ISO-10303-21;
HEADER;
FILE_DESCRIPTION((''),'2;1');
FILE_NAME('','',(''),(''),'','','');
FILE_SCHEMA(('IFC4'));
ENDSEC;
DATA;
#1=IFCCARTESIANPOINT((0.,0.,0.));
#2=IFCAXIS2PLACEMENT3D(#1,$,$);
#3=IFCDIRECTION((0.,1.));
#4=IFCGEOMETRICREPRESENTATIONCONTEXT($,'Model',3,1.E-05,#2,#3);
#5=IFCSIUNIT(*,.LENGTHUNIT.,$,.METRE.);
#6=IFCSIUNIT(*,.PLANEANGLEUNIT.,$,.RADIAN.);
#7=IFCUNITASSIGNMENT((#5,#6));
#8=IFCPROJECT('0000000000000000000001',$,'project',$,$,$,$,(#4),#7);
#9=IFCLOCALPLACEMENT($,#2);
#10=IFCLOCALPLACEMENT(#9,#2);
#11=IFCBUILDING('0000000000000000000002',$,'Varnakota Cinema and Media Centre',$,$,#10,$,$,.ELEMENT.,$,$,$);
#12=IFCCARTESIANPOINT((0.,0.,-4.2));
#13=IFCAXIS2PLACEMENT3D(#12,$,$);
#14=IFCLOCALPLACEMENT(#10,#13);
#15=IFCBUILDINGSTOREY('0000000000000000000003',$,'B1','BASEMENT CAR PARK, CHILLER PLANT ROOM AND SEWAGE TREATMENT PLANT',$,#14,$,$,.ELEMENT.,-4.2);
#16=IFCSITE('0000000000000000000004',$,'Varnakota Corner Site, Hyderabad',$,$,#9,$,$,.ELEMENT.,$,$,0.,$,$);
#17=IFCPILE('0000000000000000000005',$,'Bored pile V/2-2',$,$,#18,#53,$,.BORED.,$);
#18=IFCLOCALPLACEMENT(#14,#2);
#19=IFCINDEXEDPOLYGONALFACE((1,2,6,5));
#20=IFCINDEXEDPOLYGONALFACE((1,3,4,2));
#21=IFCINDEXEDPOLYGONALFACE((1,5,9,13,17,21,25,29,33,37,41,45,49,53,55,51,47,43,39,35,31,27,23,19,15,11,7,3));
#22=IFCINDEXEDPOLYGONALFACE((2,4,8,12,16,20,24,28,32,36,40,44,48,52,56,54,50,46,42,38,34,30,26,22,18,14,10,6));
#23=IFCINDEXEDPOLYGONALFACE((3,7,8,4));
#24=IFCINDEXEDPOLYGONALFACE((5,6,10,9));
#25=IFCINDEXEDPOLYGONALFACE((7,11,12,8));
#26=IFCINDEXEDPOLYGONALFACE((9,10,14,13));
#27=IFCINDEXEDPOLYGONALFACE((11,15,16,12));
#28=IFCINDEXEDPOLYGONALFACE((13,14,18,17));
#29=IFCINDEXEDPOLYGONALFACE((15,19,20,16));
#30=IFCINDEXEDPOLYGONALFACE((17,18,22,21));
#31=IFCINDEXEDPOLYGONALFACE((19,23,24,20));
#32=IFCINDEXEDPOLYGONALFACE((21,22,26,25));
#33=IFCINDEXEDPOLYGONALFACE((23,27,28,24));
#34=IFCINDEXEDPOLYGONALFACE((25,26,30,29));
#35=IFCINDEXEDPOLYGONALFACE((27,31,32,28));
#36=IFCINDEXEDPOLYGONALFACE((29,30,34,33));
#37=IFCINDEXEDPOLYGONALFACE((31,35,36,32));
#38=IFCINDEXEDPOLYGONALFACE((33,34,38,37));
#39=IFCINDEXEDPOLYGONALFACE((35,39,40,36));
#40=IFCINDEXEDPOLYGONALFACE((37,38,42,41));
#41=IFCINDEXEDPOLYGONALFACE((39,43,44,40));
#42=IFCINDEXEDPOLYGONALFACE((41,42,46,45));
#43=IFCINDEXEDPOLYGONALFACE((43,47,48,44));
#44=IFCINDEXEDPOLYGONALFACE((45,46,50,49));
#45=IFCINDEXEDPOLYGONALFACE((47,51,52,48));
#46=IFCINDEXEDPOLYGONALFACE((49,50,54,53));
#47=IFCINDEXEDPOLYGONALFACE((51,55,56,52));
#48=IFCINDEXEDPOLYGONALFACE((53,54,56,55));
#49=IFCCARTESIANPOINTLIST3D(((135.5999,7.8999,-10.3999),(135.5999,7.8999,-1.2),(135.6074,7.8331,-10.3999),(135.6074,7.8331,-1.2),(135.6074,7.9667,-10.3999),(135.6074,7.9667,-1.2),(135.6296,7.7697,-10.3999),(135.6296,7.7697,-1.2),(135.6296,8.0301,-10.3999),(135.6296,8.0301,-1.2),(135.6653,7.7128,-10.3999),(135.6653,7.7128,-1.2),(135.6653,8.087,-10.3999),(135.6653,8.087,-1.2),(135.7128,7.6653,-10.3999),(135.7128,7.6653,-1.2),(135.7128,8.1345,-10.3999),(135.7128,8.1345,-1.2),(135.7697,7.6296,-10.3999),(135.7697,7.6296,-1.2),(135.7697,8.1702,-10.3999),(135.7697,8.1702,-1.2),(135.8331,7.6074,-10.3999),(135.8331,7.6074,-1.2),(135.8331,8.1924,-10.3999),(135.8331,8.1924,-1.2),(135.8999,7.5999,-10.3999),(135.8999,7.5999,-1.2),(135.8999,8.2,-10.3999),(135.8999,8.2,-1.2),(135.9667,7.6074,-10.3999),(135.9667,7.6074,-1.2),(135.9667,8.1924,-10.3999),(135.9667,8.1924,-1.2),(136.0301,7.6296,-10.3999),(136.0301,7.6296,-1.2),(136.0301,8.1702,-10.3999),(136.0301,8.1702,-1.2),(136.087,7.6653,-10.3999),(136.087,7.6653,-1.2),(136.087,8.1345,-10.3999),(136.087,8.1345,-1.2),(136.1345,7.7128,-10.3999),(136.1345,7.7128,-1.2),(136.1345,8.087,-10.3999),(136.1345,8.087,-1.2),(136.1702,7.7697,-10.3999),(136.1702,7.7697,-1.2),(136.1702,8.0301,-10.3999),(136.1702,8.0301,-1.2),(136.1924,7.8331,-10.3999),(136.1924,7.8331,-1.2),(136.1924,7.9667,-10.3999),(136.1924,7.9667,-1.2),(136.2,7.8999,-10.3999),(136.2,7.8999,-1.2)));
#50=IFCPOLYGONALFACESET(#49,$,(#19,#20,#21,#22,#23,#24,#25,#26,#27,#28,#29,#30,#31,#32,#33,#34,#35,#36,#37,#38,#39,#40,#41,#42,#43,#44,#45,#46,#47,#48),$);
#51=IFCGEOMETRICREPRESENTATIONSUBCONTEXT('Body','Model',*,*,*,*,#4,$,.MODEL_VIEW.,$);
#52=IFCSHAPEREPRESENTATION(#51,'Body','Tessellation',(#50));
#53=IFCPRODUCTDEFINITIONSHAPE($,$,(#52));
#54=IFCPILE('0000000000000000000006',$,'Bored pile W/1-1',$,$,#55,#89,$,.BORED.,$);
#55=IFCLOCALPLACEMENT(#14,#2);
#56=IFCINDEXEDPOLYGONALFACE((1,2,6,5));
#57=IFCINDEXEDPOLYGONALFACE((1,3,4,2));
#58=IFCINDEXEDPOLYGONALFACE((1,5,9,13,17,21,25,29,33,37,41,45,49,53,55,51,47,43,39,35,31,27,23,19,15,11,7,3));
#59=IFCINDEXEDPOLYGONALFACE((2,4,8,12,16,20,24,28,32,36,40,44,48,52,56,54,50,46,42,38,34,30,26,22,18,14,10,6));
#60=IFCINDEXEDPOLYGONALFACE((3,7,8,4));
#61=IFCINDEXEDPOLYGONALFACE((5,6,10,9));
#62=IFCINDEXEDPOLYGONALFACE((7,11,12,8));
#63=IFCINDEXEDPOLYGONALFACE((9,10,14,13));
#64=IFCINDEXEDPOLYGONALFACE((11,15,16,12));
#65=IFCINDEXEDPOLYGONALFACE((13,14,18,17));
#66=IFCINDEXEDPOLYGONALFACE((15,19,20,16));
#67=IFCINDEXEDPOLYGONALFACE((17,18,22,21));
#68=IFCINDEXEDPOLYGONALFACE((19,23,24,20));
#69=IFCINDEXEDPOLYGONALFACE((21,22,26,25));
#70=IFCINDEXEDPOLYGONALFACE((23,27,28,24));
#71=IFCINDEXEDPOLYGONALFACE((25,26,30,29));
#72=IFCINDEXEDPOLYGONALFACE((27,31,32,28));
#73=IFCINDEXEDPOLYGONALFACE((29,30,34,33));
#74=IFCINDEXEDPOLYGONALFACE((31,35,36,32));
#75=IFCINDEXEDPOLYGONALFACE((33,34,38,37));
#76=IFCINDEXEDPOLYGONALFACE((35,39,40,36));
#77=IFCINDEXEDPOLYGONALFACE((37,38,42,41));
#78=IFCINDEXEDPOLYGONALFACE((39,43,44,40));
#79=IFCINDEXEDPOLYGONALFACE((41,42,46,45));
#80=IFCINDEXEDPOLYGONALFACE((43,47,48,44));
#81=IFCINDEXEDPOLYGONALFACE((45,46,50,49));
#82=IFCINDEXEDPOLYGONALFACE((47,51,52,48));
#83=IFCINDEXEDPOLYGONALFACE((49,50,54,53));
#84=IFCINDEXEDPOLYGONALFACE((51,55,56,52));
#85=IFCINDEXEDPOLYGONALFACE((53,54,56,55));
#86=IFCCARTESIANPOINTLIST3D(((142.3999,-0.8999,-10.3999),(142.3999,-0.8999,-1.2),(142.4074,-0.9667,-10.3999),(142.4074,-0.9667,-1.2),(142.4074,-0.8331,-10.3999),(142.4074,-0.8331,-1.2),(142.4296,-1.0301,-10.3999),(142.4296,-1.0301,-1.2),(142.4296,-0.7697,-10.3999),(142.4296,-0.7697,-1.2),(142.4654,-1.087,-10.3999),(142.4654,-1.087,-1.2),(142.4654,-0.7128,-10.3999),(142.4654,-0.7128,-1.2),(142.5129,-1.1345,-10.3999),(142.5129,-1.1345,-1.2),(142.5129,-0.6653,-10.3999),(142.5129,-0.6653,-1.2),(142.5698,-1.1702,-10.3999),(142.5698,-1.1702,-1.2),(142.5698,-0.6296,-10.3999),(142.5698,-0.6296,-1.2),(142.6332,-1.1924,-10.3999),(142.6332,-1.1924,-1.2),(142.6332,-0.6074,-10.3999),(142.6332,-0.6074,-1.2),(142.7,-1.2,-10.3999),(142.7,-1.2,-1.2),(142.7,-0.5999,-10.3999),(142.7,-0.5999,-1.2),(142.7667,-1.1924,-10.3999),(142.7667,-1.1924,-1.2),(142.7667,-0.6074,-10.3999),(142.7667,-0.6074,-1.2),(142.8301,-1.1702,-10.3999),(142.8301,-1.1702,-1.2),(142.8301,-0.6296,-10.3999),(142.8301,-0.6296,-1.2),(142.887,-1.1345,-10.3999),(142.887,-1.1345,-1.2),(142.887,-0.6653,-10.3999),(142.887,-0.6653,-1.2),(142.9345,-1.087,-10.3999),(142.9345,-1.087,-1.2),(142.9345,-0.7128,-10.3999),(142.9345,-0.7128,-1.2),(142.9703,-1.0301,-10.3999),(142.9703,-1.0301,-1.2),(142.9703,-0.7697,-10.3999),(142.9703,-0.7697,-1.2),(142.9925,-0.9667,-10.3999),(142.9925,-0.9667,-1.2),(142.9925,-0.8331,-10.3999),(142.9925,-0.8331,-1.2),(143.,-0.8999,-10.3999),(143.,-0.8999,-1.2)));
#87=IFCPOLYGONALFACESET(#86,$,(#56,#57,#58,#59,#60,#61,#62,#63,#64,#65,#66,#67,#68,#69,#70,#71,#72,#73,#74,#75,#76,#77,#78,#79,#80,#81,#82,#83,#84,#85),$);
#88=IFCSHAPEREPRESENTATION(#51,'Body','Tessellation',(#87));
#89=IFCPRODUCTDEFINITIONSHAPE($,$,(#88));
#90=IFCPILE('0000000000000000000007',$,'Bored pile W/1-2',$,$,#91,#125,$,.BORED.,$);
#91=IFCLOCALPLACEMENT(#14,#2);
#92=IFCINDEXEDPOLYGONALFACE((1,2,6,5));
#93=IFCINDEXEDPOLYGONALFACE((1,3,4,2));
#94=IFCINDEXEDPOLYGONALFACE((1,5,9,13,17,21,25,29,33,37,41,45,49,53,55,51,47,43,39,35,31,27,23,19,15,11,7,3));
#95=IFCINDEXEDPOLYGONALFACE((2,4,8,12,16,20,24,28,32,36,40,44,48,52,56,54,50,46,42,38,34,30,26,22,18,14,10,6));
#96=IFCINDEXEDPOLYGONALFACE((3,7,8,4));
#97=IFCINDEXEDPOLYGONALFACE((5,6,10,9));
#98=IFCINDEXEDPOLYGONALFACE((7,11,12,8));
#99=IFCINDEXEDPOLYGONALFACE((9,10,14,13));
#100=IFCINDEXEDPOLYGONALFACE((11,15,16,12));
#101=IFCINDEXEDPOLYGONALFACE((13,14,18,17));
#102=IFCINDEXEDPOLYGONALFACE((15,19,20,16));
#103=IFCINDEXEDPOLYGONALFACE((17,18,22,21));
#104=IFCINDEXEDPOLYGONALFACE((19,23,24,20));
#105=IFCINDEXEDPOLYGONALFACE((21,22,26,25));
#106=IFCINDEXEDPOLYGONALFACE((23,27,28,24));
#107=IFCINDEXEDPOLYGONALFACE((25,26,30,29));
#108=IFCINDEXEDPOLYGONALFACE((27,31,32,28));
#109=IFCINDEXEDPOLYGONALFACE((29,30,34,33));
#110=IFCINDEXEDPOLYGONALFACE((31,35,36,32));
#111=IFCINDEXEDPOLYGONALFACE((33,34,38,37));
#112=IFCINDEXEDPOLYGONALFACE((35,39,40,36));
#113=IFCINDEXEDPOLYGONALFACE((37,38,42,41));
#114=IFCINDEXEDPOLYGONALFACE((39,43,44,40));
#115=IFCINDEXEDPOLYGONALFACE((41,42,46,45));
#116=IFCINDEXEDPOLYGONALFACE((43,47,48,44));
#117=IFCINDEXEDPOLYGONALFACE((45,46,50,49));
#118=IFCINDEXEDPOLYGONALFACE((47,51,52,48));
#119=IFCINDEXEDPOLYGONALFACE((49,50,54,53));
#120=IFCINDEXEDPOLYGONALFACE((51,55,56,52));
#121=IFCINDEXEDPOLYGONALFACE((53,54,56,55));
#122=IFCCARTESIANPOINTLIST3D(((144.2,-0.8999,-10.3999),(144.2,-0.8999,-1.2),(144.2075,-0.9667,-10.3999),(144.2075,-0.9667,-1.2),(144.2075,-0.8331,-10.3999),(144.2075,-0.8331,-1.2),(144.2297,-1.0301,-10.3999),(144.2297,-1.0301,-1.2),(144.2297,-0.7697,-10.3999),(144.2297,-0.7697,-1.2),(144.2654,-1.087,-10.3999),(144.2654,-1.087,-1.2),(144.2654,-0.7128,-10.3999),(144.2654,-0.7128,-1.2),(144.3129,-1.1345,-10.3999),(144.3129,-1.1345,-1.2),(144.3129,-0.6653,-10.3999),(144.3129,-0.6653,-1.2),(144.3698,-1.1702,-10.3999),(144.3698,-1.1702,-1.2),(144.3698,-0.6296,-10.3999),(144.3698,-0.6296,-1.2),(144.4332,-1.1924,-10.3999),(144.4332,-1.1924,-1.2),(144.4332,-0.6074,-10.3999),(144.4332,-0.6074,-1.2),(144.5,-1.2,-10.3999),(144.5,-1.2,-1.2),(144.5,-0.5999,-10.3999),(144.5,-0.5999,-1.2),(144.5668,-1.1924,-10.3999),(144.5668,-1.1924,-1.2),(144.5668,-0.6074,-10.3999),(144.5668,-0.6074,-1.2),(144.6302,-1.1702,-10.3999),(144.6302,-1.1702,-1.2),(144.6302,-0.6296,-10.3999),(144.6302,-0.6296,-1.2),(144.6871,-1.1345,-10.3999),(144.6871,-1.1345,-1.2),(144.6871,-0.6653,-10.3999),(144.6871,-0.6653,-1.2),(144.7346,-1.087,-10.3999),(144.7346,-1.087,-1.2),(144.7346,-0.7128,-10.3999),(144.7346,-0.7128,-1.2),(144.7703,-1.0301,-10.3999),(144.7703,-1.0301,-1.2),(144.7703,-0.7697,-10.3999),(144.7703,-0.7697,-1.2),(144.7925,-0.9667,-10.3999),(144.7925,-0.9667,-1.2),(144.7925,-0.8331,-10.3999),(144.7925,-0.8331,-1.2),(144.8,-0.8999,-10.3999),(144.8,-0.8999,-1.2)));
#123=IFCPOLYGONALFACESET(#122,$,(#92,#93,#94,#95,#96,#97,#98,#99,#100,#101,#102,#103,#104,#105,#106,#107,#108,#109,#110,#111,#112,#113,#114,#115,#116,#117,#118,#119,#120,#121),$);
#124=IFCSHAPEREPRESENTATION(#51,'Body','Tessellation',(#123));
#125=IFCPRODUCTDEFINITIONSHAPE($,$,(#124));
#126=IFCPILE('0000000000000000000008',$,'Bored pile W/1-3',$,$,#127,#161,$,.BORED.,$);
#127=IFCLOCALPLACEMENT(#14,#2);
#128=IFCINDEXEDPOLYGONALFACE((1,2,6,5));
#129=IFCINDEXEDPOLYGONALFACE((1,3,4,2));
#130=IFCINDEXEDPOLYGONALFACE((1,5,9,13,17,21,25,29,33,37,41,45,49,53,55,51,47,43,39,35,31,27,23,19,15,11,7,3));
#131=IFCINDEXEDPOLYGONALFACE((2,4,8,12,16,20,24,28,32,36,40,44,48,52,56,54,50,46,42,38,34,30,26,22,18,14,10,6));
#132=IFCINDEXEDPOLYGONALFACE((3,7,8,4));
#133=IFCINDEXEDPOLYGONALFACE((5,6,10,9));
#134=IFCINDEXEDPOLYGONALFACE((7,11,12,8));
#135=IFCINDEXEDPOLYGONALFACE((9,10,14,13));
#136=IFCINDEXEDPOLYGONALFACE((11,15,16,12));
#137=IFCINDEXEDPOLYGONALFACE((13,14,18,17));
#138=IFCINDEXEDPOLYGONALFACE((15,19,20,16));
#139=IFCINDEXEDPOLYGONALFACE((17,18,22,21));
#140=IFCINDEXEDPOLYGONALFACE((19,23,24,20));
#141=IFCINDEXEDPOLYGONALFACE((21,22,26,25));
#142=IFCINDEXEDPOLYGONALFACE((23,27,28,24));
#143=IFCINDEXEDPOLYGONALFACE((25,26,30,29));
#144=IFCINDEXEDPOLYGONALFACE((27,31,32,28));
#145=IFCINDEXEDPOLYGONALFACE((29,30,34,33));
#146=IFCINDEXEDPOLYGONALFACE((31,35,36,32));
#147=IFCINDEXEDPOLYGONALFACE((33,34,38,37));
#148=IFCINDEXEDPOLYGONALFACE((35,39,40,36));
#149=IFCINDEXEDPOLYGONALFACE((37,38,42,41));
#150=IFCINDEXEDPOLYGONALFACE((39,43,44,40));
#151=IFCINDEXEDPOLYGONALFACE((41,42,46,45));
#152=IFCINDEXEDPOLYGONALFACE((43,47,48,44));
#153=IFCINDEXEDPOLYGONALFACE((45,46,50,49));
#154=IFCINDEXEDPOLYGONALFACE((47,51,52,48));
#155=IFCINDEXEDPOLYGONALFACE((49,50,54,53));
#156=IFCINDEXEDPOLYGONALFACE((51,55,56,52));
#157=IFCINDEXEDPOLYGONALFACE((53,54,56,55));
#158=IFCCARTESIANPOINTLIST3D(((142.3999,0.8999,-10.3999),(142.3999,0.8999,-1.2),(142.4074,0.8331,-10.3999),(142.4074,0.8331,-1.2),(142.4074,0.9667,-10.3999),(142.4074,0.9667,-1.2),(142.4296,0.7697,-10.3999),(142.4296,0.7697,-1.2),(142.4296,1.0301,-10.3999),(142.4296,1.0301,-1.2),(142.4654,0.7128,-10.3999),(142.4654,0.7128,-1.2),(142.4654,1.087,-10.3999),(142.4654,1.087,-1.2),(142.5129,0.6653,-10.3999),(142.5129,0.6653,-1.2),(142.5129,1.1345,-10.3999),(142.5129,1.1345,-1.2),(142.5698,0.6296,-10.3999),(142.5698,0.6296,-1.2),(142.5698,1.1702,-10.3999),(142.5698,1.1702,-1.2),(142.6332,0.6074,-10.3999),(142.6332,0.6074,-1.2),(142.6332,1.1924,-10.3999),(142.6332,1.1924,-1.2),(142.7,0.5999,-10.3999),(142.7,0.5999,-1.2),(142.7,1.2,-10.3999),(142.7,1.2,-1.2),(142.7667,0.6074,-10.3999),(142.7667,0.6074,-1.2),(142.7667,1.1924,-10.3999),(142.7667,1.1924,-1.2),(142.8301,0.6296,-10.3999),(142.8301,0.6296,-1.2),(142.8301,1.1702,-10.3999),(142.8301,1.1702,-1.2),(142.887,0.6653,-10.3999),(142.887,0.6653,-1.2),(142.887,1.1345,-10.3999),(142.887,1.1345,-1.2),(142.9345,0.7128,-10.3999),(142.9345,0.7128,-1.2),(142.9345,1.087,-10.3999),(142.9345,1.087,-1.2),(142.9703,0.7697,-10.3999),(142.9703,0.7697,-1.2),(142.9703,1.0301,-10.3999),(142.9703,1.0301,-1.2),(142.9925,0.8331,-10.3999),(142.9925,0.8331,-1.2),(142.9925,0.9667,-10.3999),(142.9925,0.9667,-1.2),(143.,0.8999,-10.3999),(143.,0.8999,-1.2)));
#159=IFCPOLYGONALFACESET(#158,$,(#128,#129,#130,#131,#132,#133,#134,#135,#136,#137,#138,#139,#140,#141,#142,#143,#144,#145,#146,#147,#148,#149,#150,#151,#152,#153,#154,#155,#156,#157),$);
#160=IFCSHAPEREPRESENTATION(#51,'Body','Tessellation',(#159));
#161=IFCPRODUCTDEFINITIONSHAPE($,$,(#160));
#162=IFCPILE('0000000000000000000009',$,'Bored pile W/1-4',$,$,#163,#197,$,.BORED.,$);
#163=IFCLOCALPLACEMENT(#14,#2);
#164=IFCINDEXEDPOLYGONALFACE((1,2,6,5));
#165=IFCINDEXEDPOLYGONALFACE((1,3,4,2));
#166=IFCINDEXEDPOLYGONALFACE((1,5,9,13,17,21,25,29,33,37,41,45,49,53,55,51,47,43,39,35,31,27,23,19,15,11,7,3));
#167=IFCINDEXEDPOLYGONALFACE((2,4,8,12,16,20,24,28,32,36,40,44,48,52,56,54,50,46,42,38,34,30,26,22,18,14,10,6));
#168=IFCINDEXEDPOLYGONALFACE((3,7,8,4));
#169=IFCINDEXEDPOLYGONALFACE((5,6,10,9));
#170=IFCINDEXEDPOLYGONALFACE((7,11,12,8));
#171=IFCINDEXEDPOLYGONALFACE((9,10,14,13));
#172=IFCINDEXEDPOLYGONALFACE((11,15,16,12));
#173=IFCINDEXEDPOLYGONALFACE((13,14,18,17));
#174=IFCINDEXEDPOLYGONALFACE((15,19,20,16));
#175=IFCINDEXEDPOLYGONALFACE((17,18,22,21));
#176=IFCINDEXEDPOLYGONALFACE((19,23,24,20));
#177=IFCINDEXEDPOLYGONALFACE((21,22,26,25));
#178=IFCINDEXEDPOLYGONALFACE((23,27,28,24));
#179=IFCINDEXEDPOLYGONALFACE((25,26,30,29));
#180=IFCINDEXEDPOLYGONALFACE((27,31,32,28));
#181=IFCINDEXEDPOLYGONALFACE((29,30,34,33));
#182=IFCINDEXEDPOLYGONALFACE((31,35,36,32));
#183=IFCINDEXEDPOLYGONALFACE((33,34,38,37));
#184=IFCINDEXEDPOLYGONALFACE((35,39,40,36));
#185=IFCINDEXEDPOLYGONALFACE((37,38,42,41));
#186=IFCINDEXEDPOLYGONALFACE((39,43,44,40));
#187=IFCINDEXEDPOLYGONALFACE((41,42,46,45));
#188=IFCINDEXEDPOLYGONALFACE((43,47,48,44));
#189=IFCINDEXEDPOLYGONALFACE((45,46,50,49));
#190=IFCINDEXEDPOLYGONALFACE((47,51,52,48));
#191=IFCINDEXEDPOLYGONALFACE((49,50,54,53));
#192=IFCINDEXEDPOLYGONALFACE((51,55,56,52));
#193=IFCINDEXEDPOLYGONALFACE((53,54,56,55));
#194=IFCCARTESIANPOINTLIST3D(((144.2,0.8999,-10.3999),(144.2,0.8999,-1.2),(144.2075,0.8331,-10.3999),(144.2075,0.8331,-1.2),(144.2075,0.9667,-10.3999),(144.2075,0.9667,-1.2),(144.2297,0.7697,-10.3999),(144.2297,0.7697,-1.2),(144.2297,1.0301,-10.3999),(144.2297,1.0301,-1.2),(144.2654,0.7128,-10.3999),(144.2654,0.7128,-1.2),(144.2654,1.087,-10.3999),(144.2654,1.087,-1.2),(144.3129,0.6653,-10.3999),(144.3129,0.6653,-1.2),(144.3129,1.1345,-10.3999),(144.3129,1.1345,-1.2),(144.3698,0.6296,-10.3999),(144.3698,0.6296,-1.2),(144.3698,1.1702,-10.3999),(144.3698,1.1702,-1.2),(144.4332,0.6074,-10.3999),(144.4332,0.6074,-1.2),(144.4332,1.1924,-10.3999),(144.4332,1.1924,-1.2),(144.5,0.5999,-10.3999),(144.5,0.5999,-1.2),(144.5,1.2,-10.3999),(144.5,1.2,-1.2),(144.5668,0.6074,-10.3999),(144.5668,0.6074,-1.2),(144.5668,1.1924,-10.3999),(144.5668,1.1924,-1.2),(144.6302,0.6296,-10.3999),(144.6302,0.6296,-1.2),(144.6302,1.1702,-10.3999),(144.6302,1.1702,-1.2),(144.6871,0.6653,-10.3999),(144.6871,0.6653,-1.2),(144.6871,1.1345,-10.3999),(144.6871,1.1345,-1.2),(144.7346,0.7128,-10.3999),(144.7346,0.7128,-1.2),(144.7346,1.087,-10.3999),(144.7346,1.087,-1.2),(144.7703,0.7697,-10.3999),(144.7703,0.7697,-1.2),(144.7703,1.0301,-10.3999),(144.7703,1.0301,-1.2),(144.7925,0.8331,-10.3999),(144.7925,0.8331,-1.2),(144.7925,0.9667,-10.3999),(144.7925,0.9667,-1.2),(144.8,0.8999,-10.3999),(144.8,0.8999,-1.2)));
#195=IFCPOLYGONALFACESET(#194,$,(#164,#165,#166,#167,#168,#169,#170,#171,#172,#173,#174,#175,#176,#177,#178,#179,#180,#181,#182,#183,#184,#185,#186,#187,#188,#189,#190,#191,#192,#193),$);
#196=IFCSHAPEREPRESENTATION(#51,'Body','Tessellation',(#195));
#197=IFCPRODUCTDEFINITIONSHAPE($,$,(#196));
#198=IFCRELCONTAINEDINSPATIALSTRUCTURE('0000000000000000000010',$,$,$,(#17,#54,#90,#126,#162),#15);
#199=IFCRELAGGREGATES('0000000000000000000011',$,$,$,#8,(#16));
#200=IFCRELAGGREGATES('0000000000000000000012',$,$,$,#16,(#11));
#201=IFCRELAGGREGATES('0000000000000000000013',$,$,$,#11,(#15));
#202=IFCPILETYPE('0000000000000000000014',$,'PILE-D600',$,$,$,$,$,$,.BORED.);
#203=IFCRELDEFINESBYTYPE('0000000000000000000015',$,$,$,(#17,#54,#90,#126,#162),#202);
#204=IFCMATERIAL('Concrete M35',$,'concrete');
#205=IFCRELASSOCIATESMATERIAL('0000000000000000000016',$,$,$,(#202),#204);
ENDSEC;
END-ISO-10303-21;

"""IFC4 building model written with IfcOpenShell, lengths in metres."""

from ifc_helpers import new_model, si_unit, direction, frame, origin, origin_2d, place, context, subcontext, project, spatial, circle, extrude, material, material_profile, profile_set, type_object, element, save


model = new_model("IFC4")

# Units and contexts
model_context = context("Model", 3, precision=1e-05, world=origin(), true_north=direction((0.0, 1.0)))
body_context = subcontext(model_context, "Body", "Model", "MODEL_VIEW")
ifc_project = project(units=[si_unit("LENGTHUNIT", "METRE"), si_unit("PLANEANGLEUNIT", "RADIAN")], contexts=[model_context])

# Site, building, storey
site_placement = place(None, origin())
site = spatial("IfcSite", under=ifc_project, at=site_placement, Name="Varnakota Corner Site, Hyderabad", CompositionType="ELEMENT", RefElevation=0.0)
building_placement = place(site_placement, origin())
building = spatial("IfcBuilding", under=site, at=building_placement, Name="Varnakota Cinema and Media Centre", CompositionType="ELEMENT")
storey_placement = place(building_placement, frame((0.0, 0.0, -4.2)))
storey = spatial("IfcBuildingStorey", under=building, at=storey_placement, Name="B1", Description="BASEMENT CAR PARK, CHILLER PLANT ROOM AND SEWAGE TREATMENT PLANT", CompositionType="ELEMENT", Elevation=-4.2)

# Piles
ifc_material_1 = material(Name="Concrete M35", Category="concrete")
ifc_material_profile_1 = material_profile(ifc_material_1, circle(Radius=0.3, at=origin_2d()), Name="PILE D600")
ifc_profile_set_1 = profile_set([ifc_material_profile_1], Name="Concrete M35")
pile_type_1 = type_object("IfcPileType", Name="PILE-D600", PredefinedType="BORED", material=ifc_profile_set_1)
for number, where, z_axis, x_axis, name in (
    (1, (135.8999, 7.8999, -1.2), (0.0, 0.0, -1.0), (1.0, 0.0, 0.0), "Bored pile V/2-2"),
    (2, (142.7, -0.8999, -1.2), (0.0, 0.0, -1.0), (1.0, 0.0, 0.0), "Bored pile W/1-1"),
    (3, (144.5, -0.8999, -1.2), (0.0, 0.0, -1.0), (1.0, 0.0, 0.0), "Bored pile W/1-2"),
    (4, (142.7, 0.8999, -1.2), (0.0, 0.0, -1.0), (1.0, 0.0, 0.0), "Bored pile W/1-3"),
    (5, (144.5, 0.8999, -1.2), (0.0, 0.0, -1.0), (1.0, 0.0, 0.0), "Bored pile W/1-4"),
):
    element("IfcPile", number, at=place(storey_placement, frame(where, z_axis=z_axis, x_axis=x_axis)), inside=storey, type_object=pile_type_1, Name=name, PredefinedType="BORED", context=body_context, shape_type="SweptSolid", body=[
        extrude(circle(Radius=0.3, at=origin_2d()), origin(), (0.0, 0.0, 1.0), 9.2),
    ])

save(model, "model.ifc")
